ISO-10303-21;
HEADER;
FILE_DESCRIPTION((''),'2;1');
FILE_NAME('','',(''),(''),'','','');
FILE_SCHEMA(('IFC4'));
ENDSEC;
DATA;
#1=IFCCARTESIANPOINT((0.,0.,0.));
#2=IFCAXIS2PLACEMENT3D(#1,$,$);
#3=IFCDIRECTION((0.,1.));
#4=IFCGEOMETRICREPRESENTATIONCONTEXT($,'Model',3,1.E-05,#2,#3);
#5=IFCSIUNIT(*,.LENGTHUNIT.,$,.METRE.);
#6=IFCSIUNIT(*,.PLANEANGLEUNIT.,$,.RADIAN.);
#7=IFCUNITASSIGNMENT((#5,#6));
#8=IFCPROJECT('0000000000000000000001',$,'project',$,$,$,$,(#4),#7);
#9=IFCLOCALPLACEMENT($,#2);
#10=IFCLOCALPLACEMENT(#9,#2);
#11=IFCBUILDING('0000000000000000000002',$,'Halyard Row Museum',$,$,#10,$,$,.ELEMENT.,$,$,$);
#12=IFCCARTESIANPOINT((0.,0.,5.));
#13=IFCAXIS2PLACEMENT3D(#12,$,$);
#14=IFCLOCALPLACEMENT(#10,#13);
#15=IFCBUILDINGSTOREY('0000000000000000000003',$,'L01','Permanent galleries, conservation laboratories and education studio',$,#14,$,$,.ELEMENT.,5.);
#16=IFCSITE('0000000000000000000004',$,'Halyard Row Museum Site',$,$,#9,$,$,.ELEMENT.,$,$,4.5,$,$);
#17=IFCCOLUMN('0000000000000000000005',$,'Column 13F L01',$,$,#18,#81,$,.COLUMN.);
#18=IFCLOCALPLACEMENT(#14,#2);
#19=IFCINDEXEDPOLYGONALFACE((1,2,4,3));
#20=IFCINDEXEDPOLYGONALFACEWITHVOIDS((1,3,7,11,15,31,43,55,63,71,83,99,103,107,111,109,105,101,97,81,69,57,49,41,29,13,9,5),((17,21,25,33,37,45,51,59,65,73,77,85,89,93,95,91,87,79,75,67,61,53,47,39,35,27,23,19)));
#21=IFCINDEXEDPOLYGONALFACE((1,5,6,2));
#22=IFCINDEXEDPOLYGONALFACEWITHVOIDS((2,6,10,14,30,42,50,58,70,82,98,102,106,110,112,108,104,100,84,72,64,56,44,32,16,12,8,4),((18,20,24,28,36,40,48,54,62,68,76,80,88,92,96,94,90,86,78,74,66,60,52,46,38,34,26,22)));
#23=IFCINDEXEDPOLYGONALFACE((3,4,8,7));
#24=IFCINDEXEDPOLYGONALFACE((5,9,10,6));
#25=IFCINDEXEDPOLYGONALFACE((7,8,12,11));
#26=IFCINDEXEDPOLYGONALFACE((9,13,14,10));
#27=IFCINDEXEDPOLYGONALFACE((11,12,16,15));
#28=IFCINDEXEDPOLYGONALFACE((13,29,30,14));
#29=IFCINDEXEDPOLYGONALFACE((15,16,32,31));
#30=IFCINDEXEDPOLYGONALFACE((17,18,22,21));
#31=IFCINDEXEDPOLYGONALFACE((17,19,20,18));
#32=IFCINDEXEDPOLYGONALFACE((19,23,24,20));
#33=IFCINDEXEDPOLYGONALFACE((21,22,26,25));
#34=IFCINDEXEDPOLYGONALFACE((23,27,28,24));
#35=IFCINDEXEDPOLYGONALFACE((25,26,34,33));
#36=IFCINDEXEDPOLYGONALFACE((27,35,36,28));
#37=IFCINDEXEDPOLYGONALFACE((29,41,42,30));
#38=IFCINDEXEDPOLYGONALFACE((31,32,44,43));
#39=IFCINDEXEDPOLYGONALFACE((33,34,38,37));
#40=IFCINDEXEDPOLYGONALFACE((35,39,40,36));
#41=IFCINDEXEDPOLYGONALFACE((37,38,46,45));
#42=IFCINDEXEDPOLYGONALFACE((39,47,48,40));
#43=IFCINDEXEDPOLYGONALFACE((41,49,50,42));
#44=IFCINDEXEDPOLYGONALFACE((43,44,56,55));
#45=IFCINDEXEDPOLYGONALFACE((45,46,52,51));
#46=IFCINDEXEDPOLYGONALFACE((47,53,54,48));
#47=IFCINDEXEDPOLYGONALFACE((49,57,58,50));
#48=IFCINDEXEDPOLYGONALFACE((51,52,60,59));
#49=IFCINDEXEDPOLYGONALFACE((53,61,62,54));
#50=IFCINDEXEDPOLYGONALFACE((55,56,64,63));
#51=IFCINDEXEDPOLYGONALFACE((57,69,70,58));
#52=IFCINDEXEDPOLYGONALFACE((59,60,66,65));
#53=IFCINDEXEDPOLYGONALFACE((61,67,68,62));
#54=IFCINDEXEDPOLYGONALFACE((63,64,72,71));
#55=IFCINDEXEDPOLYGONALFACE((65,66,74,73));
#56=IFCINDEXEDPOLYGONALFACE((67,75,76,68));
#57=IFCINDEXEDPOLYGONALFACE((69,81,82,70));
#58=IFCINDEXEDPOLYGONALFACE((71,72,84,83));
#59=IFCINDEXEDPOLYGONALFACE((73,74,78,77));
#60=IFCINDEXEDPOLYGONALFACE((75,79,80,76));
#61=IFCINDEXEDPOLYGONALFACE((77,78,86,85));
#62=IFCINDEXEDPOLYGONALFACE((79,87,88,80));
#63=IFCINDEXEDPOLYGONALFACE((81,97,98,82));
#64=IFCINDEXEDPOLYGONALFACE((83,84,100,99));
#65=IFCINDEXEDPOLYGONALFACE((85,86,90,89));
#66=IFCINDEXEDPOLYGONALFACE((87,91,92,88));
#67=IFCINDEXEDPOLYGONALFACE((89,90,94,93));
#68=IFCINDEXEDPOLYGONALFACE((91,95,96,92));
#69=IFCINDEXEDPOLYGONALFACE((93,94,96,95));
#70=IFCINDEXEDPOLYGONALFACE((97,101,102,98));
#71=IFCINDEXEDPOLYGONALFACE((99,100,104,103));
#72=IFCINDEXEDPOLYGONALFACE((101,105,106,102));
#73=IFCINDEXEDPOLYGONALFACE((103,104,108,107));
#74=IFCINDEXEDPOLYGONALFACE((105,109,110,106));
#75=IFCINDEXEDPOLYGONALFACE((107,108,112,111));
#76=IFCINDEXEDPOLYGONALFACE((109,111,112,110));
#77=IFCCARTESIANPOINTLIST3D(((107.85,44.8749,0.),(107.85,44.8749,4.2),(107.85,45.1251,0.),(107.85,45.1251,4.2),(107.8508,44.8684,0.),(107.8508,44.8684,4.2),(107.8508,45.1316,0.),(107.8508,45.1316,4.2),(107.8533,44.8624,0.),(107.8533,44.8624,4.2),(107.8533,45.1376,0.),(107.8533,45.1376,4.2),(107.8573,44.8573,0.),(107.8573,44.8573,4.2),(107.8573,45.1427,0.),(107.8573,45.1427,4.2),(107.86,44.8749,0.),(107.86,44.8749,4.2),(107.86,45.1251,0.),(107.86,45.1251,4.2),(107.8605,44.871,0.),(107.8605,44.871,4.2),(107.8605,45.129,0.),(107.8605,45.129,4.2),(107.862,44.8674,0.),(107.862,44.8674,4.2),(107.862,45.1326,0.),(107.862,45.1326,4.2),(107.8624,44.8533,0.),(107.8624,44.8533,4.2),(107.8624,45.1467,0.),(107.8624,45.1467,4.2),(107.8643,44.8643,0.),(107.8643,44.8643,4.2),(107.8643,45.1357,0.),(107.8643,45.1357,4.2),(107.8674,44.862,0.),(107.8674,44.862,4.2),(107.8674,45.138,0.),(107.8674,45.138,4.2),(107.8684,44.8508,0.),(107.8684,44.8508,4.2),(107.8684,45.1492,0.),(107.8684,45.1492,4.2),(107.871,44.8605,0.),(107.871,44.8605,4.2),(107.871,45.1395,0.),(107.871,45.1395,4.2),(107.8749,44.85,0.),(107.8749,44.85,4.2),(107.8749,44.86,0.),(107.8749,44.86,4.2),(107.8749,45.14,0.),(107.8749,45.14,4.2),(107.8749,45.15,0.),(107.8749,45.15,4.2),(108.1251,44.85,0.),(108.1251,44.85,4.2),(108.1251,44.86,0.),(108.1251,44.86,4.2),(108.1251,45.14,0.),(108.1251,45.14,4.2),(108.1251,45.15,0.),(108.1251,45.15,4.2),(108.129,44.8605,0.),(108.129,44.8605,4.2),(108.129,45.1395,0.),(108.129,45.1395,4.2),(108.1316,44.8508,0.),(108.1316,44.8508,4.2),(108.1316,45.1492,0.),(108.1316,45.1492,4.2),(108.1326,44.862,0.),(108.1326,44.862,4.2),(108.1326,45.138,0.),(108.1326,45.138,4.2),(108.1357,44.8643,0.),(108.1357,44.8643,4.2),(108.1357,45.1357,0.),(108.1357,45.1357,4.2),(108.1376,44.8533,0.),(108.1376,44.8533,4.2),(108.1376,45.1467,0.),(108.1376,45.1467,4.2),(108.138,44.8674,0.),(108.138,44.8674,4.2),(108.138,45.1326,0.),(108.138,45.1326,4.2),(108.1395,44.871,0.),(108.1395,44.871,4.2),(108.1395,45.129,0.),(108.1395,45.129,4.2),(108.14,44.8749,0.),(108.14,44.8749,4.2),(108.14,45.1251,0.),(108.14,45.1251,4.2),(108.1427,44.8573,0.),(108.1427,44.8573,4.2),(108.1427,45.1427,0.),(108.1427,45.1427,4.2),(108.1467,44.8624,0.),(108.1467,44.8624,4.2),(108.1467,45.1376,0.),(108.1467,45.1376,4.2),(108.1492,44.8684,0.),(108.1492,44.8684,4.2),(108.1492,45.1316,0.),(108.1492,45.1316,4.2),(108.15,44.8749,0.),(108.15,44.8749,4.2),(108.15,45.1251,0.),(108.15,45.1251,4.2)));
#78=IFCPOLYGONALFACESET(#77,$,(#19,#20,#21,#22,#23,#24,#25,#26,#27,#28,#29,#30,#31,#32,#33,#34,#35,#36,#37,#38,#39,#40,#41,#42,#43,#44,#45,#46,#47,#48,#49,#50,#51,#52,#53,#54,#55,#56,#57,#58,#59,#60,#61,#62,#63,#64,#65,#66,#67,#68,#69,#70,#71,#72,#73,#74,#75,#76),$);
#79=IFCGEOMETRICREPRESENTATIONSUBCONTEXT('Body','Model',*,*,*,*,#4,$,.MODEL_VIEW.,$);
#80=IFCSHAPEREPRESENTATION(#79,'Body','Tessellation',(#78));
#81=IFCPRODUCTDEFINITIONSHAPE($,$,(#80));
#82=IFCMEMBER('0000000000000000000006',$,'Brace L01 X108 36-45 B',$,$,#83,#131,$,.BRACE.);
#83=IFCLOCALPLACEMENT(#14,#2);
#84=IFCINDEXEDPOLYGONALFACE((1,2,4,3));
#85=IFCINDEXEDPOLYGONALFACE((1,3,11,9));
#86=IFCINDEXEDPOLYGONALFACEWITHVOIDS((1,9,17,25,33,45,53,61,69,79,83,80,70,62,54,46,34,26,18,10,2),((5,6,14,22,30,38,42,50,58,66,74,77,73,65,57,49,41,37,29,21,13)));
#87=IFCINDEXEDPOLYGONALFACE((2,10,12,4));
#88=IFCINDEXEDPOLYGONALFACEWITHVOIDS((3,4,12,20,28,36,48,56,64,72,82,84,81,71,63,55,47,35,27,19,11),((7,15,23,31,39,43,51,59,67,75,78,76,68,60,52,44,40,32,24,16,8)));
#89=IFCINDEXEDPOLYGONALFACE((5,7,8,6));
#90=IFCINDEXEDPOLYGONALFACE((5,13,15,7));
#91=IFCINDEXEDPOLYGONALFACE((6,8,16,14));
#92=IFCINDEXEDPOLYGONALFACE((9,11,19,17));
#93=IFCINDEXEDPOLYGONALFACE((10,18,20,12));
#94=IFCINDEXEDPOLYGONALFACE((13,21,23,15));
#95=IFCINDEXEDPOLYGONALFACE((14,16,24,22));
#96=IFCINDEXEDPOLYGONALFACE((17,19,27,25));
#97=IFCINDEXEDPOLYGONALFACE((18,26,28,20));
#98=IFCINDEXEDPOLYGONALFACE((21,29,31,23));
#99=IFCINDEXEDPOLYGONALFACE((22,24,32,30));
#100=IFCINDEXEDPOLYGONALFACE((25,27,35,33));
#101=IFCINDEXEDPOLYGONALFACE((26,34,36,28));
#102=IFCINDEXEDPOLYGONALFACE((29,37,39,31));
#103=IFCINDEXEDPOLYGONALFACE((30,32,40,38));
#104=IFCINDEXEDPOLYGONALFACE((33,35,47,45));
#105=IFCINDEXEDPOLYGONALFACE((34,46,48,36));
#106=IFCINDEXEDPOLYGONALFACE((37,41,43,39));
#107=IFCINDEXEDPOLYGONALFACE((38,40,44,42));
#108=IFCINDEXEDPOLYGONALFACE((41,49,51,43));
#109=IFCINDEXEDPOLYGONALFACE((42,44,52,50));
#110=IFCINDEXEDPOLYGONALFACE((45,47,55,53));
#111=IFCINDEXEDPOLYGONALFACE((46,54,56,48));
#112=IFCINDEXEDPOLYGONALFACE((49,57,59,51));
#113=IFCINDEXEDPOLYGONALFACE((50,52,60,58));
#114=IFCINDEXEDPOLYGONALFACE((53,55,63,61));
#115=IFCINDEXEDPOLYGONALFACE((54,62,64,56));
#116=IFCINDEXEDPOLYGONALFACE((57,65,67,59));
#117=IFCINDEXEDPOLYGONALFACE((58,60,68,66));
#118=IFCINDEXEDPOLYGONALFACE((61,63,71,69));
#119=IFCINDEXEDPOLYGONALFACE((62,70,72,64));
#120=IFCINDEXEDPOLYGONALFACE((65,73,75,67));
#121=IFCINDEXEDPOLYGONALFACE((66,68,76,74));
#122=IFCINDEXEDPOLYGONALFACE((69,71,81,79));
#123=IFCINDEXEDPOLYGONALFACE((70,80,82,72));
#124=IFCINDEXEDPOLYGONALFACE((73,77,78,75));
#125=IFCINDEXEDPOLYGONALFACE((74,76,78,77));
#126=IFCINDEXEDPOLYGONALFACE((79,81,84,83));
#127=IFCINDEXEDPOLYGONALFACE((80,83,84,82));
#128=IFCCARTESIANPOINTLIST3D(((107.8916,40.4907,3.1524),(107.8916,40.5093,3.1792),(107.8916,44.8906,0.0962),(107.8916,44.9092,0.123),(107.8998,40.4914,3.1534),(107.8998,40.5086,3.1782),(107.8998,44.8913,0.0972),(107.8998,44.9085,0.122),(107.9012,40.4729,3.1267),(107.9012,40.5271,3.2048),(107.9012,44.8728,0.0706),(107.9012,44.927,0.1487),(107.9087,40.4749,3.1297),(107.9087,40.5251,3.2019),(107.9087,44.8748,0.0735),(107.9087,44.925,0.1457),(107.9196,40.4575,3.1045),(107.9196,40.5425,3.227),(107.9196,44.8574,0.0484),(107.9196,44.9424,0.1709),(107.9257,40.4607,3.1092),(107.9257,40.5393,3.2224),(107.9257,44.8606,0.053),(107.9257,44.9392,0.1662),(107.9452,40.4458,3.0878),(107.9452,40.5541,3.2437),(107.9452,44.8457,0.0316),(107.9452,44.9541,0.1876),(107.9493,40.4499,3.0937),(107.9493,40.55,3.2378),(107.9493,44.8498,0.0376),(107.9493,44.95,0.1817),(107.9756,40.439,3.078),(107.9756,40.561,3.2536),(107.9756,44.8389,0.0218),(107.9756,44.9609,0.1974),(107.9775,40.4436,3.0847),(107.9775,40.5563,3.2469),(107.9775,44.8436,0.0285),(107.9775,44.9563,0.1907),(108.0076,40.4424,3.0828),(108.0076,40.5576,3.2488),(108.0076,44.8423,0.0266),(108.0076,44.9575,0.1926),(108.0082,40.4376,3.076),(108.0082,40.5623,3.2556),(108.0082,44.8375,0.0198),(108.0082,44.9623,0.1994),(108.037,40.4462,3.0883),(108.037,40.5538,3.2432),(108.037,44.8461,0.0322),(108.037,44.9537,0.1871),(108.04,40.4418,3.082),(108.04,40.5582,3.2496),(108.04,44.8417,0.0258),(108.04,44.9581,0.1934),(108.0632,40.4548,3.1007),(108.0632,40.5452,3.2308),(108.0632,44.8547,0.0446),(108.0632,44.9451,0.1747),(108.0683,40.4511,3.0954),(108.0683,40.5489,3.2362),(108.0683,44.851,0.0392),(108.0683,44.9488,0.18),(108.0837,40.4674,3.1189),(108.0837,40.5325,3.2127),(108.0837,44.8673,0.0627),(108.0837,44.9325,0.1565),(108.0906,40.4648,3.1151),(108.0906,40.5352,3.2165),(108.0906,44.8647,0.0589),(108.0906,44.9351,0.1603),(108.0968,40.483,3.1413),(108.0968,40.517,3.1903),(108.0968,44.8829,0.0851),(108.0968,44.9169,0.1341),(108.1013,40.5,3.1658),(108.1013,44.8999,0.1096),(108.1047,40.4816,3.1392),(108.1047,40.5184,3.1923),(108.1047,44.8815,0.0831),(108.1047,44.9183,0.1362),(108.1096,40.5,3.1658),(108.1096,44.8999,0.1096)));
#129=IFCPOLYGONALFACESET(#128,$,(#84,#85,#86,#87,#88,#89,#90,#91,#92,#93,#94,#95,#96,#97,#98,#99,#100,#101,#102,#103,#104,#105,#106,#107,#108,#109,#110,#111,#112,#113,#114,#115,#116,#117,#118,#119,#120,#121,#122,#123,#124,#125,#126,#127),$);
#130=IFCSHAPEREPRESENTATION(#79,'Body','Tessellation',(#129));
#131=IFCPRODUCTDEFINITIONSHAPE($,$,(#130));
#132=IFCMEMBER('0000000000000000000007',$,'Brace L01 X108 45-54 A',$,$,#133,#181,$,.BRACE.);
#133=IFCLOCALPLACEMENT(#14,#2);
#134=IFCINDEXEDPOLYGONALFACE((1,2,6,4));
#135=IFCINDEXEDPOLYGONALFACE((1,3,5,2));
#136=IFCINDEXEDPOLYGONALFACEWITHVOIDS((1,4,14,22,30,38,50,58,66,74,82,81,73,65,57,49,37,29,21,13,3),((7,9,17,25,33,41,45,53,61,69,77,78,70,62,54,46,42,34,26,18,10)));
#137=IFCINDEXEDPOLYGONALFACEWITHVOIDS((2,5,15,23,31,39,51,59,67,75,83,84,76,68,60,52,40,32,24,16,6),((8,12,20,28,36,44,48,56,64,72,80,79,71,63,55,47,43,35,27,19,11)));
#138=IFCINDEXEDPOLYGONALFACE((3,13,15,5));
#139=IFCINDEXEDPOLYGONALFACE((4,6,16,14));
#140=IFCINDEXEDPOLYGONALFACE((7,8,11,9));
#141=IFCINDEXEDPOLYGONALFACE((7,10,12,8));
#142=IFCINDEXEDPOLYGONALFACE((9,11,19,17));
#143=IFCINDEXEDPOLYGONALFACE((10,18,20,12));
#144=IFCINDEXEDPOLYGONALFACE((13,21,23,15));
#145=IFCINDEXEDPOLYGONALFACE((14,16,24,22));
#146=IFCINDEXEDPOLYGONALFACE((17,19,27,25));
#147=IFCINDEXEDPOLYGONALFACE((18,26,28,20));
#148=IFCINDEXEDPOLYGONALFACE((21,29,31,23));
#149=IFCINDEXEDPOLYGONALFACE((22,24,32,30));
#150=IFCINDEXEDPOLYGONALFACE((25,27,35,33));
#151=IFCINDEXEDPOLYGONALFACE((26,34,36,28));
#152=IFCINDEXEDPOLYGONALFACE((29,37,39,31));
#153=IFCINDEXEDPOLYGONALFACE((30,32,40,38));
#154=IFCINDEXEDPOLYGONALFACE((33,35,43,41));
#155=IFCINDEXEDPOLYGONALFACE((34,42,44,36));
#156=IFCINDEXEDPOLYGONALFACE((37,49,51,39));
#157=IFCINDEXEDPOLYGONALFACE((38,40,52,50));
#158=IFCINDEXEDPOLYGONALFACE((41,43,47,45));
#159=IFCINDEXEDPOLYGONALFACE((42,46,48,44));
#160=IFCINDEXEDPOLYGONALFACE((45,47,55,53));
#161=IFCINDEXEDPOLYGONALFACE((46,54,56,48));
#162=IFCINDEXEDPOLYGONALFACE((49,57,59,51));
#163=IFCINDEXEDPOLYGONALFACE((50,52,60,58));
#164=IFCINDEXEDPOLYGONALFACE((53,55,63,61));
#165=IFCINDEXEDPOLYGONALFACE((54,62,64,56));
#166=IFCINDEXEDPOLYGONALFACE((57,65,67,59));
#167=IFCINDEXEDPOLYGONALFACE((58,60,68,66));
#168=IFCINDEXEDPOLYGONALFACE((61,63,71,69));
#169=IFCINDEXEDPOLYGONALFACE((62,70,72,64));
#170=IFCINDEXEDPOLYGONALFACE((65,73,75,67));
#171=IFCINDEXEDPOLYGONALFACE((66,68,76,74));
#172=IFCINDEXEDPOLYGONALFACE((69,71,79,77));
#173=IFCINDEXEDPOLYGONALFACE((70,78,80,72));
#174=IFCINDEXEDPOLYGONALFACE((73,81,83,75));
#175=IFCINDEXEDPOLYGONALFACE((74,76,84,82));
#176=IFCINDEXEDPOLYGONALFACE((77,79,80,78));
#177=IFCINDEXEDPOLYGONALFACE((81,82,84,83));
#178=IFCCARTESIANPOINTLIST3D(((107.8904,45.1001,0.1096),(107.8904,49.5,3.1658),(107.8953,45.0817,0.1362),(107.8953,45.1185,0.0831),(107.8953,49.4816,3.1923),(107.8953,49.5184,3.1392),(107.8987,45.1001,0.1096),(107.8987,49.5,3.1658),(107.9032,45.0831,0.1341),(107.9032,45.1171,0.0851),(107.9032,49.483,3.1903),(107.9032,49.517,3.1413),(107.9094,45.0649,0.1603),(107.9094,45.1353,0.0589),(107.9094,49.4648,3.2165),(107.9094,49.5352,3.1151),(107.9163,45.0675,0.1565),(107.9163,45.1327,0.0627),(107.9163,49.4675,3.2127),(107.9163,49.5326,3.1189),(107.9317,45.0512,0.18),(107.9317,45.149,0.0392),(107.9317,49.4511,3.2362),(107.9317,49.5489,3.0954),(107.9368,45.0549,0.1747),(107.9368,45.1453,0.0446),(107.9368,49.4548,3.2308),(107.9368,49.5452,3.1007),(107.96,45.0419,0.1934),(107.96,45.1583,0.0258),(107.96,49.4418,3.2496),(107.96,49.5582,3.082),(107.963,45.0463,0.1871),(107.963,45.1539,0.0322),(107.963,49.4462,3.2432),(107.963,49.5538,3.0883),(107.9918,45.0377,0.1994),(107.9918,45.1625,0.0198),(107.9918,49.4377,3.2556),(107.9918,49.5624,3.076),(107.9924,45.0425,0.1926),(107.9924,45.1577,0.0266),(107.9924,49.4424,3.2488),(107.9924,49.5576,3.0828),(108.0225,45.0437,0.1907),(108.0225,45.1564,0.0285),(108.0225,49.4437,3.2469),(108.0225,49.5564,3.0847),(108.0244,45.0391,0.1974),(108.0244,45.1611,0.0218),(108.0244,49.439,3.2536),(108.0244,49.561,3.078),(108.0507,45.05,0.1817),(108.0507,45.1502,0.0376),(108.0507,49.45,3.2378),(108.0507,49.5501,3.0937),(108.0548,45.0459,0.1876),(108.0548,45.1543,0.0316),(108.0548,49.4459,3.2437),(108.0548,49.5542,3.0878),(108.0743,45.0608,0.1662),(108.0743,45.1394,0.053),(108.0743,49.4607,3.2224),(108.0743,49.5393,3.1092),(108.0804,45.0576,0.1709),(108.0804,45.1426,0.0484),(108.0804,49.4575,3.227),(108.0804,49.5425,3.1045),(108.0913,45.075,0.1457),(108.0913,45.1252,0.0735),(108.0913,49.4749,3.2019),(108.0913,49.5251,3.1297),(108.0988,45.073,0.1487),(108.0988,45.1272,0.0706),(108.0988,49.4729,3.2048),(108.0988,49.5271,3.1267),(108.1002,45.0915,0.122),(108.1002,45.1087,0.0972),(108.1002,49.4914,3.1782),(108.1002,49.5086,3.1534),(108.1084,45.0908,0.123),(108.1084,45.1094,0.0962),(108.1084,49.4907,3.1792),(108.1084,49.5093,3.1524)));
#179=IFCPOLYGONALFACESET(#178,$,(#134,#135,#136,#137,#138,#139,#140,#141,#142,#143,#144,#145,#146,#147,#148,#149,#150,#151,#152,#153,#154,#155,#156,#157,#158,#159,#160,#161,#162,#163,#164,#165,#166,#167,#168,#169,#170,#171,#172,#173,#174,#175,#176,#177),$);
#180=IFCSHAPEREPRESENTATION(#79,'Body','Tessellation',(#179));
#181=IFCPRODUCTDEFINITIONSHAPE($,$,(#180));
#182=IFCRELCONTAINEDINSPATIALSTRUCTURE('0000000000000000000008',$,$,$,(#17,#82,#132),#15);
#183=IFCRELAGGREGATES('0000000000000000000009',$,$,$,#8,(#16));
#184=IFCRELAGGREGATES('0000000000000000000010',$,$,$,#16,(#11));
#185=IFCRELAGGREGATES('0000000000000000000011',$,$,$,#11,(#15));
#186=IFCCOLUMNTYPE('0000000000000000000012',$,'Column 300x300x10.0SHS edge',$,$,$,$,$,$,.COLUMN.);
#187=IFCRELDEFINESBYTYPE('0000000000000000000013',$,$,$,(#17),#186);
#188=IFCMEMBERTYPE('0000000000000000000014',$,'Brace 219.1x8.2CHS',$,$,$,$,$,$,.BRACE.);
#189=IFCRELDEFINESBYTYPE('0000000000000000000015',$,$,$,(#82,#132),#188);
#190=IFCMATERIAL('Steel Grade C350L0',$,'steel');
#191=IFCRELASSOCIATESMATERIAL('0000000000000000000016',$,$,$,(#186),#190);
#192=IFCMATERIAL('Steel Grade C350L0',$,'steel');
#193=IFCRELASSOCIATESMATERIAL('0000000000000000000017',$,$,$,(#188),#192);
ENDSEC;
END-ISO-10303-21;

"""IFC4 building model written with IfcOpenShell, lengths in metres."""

from ifc_helpers import new_model, si_unit, direction, frame, origin, origin_2d, place, context, subcontext, project, spatial, hollow_rectangle, hollow_circle, extrude, material, material_profile, profile_set, type_object, element, save


model = new_model("IFC4")

# Units and contexts
model_context = context("Model", 3, precision=1e-05, world=origin(), true_north=direction((0.0, 1.0)))
body_context = subcontext(model_context, "Body", "Model", "MODEL_VIEW")
ifc_project = project(units=[si_unit("LENGTHUNIT", "METRE"), si_unit("PLANEANGLEUNIT", "RADIAN")], contexts=[model_context])

# Site, building, storey
site_placement = place(None, origin())
site = spatial("IfcSite", under=ifc_project, at=site_placement, Name="Halyard Row Museum Site", CompositionType="ELEMENT", RefElevation=4.5)
building_placement = place(site_placement, origin())
building = spatial("IfcBuilding", under=site, at=building_placement, Name="Halyard Row Museum", CompositionType="ELEMENT")
storey_placement = place(building_placement, frame((0.0, 0.0, 5.0)))
storey = spatial("IfcBuildingStorey", under=building, at=storey_placement, Name="L01", Description="Permanent galleries, conservation laboratories and education studio", CompositionType="ELEMENT", Elevation=5.0)

# Column
ifc_material_1 = material(Name="Steel Grade C350L0", Category="steel")
ifc_material_profile_1 = material_profile(ifc_material_1, hollow_rectangle(XDim=0.3, YDim=0.3, WallThickness=0.01, InnerFilletRadius=0.0149, OuterFilletRadius=0.0249, at=origin_2d()), Name="300x300x10.0SHS")
ifc_profile_set_1 = profile_set([ifc_material_profile_1], Name="Steel Grade C350L0")
column_type = type_object("IfcColumnType", Name="Column 300x300x10.0SHS edge", PredefinedType="COLUMN", material=ifc_profile_set_1)
column_placement = place(storey_placement, frame((108.0, 45.0, 0.0), z_axis=(0.0, 0.0, 1.0), x_axis=(1.0, 0.0, 0.0)))
element("IfcColumn", 1, at=column_placement, inside=storey, type_object=column_type, Name="Column 13F L01", PredefinedType="COLUMN", context=body_context, shape_type="SweptSolid", body=[
    extrude(hollow_rectangle(XDim=0.3, YDim=0.3, WallThickness=0.01, InnerFilletRadius=0.0149, OuterFilletRadius=0.0249, at=origin_2d()), origin(), (0.0, 0.0, 1.0), 4.2),
])

# Members
ifc_material_2 = material(Name="Steel Grade C350L0", Category="steel")
ifc_material_profile_2 = material_profile(ifc_material_2, hollow_circle(Radius=0.1096, WallThickness=0.0083, at=origin_2d()), Name="219.1x8.2CHS")
ifc_profile_set_2 = profile_set([ifc_material_profile_2], Name="Steel Grade C350L0")
member_type_1 = type_object("IfcMemberType", Name="Brace 219.1x8.2CHS", PredefinedType="BRACE", material=ifc_profile_set_2)
for number, where, z_axis, x_axis, name in (
    (2, (108.0, 44.8999, 0.1096), (0.0, -0.821312, 0.57048), (1.0, 0.0, 0.0), "Brace L01 X108 36-45 B"),
    (3, (108.0, 45.1001, 0.1096), (0.0, 0.821312, 0.57048), (-1.0, 0.0, 0.0), "Brace L01 X108 45-54 A"),
):
    element("IfcMember", number, at=place(storey_placement, frame(where, z_axis=z_axis, x_axis=x_axis)), inside=storey, type_object=member_type_1, Name=name, PredefinedType="BRACE", context=body_context, shape_type="SweptSolid", body=[
        extrude(hollow_circle(Radius=0.1096, WallThickness=0.0083, at=origin_2d()), origin(), (0.0, 0.0, 1.0), 5.3572),
    ])

save(model, "model.ifc")
